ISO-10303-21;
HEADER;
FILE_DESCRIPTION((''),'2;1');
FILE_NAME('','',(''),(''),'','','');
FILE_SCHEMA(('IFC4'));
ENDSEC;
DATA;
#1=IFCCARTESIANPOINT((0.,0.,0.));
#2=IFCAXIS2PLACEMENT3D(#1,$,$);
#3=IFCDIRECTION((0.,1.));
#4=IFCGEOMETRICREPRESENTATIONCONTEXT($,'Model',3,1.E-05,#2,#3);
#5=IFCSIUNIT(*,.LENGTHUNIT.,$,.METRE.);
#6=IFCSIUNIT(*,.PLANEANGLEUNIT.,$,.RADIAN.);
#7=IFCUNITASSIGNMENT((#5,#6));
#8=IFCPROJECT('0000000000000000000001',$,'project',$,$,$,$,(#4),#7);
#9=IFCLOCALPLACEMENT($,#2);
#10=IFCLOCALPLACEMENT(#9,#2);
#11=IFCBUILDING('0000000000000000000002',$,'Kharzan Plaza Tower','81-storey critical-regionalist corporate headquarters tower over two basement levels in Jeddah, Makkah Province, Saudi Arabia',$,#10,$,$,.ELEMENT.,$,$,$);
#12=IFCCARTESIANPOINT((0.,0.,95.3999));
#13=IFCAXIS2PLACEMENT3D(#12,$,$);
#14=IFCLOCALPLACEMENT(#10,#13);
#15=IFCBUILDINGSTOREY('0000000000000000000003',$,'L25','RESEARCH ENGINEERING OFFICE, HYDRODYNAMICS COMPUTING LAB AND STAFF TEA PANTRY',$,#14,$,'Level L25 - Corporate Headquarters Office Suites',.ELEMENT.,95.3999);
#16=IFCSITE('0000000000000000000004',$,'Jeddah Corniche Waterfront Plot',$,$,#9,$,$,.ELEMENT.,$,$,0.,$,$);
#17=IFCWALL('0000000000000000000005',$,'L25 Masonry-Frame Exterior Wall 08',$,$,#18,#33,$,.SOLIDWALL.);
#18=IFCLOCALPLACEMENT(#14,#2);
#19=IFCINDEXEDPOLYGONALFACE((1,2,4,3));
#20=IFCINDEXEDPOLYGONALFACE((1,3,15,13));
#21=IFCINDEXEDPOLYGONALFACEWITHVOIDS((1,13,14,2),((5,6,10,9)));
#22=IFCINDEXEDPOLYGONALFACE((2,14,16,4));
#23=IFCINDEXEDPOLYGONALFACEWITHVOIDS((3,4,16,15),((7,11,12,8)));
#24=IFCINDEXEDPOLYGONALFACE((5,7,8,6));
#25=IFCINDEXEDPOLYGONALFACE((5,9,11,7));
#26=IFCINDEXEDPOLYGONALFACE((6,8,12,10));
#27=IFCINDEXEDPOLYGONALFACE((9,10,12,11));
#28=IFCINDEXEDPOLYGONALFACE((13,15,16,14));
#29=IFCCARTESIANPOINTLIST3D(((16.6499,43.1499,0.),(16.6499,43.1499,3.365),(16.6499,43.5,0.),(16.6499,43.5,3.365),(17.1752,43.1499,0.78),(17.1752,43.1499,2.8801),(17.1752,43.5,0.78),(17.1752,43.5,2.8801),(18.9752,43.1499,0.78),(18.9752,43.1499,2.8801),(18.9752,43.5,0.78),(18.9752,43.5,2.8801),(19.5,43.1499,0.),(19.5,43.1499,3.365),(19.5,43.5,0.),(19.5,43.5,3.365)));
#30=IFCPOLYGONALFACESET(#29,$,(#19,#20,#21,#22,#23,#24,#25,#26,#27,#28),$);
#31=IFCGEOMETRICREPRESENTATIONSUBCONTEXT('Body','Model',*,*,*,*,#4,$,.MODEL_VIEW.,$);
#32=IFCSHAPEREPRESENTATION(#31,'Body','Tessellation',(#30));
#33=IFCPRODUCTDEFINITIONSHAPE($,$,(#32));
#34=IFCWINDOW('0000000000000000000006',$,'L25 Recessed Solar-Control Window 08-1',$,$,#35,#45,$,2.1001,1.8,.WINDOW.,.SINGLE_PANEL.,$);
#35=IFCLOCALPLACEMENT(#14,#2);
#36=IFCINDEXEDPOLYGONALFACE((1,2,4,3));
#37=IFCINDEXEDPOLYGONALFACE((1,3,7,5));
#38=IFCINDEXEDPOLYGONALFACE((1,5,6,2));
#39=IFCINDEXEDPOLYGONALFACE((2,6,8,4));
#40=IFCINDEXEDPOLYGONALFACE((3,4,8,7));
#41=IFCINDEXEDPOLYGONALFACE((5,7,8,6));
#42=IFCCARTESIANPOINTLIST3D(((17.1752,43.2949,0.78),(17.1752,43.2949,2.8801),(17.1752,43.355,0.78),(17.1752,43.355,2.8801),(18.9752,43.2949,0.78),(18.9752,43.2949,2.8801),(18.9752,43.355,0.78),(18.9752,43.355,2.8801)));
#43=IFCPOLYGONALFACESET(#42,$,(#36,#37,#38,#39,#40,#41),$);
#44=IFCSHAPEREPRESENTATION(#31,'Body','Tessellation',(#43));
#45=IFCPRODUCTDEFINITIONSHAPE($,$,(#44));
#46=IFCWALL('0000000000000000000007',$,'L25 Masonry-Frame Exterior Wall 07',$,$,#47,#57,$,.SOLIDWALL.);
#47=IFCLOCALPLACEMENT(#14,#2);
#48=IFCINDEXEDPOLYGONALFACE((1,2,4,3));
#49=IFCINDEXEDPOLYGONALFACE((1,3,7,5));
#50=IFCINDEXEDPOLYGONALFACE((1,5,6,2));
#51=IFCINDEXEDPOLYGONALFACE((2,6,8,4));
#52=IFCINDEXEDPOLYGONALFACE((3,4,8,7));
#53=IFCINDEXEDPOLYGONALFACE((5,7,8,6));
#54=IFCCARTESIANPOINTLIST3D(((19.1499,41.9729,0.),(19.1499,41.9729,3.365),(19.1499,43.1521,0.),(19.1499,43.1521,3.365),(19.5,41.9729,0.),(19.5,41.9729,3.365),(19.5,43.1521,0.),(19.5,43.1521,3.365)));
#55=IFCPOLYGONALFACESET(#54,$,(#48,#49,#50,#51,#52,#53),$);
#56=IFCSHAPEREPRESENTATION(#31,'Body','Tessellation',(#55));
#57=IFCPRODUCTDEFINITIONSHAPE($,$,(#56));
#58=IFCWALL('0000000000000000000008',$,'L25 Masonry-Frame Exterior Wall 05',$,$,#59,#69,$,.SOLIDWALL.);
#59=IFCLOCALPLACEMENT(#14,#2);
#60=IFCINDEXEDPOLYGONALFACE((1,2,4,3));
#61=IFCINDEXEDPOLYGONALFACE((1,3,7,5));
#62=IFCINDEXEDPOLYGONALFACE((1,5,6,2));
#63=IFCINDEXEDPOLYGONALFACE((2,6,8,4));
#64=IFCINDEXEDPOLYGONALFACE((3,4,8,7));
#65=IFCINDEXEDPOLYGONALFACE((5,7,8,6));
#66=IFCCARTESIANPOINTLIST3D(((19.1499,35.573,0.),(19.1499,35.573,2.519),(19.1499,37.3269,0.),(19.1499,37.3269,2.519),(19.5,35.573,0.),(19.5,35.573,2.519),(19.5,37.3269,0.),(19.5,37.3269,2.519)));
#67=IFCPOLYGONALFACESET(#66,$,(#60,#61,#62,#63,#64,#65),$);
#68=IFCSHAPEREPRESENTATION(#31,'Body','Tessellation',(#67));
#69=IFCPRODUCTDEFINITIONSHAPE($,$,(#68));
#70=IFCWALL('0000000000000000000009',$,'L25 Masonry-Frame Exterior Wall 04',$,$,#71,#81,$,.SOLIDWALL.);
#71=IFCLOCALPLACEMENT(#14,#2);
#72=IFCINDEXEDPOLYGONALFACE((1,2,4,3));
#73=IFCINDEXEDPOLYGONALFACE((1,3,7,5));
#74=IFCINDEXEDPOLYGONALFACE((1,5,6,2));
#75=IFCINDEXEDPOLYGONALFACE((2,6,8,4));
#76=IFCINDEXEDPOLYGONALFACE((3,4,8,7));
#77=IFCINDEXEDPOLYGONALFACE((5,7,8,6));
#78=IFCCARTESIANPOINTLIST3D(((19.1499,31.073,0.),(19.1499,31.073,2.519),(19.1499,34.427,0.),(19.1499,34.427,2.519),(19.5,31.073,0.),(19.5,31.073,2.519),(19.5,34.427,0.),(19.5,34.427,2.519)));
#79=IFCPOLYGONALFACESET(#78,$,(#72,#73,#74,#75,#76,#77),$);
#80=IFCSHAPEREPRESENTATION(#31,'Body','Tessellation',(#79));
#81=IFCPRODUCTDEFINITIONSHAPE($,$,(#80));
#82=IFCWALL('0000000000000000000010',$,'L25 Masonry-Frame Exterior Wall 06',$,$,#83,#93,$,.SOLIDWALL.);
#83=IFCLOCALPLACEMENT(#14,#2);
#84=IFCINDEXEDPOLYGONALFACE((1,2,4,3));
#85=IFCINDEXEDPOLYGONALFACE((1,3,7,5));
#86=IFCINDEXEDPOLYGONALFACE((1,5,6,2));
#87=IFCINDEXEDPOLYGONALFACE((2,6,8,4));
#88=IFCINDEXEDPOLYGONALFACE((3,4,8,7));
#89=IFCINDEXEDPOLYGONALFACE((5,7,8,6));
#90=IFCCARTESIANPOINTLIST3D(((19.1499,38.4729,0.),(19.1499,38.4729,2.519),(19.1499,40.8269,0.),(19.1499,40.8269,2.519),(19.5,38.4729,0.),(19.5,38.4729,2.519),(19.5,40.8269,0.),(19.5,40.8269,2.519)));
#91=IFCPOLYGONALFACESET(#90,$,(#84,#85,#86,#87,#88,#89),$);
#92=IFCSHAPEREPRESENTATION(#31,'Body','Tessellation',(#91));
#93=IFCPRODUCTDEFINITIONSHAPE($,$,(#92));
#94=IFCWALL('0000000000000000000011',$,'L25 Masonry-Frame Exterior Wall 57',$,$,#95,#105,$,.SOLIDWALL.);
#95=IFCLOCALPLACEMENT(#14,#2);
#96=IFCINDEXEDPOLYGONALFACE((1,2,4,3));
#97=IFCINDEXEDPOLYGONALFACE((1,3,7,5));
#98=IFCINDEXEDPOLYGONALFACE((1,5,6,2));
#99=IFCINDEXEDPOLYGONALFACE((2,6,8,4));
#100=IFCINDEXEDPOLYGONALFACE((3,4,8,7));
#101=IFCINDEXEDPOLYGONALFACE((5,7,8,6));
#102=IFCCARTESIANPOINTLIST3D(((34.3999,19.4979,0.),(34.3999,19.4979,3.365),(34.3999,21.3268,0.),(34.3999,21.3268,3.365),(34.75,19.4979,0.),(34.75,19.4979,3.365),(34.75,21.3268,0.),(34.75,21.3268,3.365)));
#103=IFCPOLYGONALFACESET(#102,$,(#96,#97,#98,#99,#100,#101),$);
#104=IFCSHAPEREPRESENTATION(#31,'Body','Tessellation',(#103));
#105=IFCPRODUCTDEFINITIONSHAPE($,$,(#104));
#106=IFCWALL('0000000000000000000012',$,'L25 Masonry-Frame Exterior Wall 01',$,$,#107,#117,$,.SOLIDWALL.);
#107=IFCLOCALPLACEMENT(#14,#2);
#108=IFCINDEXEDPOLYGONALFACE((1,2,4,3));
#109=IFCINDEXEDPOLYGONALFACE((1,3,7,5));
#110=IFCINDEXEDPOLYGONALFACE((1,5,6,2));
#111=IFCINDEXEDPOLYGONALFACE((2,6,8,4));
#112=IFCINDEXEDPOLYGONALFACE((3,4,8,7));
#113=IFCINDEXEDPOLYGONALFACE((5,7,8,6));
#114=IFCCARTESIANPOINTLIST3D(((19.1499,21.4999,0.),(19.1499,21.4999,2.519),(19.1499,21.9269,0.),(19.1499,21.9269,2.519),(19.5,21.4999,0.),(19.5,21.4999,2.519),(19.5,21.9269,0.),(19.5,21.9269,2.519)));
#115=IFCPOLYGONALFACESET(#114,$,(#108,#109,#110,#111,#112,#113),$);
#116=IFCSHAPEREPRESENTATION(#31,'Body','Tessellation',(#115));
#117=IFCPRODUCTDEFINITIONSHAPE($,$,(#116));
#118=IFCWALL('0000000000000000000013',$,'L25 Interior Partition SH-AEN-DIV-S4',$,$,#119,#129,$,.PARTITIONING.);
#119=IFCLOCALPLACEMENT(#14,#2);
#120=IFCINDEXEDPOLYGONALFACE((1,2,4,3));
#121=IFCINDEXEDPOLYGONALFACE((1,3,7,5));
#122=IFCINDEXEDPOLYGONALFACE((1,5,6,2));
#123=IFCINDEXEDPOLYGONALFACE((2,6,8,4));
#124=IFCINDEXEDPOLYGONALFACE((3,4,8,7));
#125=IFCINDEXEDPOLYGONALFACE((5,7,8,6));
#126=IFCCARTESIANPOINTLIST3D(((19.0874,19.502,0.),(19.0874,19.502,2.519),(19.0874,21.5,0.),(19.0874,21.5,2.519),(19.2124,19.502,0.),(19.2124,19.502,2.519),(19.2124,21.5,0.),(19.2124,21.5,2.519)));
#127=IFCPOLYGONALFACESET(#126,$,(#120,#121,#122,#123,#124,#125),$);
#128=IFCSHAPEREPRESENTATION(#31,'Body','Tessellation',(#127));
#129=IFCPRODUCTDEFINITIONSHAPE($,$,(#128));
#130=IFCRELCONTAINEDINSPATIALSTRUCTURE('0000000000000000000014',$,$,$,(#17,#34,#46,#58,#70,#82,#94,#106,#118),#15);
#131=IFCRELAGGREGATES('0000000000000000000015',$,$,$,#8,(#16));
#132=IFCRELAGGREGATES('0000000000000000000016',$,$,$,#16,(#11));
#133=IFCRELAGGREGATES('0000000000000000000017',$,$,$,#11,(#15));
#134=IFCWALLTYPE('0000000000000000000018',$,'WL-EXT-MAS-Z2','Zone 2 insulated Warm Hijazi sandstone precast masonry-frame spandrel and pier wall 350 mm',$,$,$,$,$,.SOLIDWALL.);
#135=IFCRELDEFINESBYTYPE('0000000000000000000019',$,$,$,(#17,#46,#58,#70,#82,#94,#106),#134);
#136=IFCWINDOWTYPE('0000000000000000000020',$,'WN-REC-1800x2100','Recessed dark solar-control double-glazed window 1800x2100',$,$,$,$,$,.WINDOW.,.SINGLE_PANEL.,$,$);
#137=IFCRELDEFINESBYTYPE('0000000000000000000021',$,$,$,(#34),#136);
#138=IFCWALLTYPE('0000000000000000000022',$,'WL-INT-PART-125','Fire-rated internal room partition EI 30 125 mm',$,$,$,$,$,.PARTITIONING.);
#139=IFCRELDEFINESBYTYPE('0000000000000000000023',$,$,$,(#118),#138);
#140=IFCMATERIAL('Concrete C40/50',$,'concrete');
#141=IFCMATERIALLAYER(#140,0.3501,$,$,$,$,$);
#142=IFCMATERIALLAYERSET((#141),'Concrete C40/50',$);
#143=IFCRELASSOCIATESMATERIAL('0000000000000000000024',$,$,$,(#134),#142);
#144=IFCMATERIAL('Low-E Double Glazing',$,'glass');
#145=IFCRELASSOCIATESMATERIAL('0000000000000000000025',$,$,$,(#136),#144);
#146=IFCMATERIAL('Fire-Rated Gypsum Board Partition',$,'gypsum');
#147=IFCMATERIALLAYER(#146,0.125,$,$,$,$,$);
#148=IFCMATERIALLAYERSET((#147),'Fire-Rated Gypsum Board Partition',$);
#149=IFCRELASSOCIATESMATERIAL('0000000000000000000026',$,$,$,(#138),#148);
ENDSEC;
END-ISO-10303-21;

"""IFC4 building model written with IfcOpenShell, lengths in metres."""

from ifc_helpers import new_model, si_unit, direction, frame, frame_2d, origin, place, context, subcontext, project, spatial, rectangle, extrude, source, transform, mapped, material, layer, layer_set, type_object, element, fill, save


model = new_model("IFC4")

# Units and contexts
model_context = context("Model", 3, precision=1e-05, world=origin(), true_north=direction((0.0, 1.0)))
body_context = subcontext(model_context, "Body", "Model", "MODEL_VIEW")
ifc_project = project(units=[si_unit("LENGTHUNIT", "METRE"), si_unit("PLANEANGLEUNIT", "RADIAN")], contexts=[model_context])

# Site, building, storey
site_placement = place(None, origin())
site = spatial("IfcSite", under=ifc_project, at=site_placement, Name="Jeddah Corniche Waterfront Plot", CompositionType="ELEMENT", RefElevation=0.0)
building_placement = place(site_placement, origin())
building = spatial("IfcBuilding", under=site, at=building_placement, Name="Kharzan Plaza Tower", Description="81-storey critical-regionalist corporate headquarters tower over two basement levels in Jeddah, Makkah Province, Saudi Arabia", CompositionType="ELEMENT")
storey_placement = place(building_placement, frame((0.0, 0.0, 95.3999)))
storey = spatial("IfcBuildingStorey", under=building, at=storey_placement, Name="L25", Description="RESEARCH ENGINEERING OFFICE, HYDRODYNAMICS COMPUTING LAB AND STAFF TEA PANTRY", LongName="Level L25 - Corporate Headquarters Office Suites", CompositionType="ELEMENT", Elevation=95.3999)

# Wall, opening, window
ifc_material_1 = material(Name="Concrete C40/50", Category="concrete")
ifc_layer_1 = layer(ifc_material_1, 0.3501)
ifc_layer_set_1 = layer_set([ifc_layer_1], Name="Concrete C40/50")
wall_type_1 = type_object("IfcWallType", Name="WL-EXT-MAS-Z2", Description="Zone 2 insulated Warm Hijazi sandstone precast masonry-frame spandrel and pier wall 350 mm", PredefinedType="SOLIDWALL", material=ifc_layer_set_1)
ifc_material_2 = material(Name="Low-E Double Glazing", Category="glass")
wall_1_placement = place(storey_placement, frame((19.5, 43.325, 0.0), z_axis=(0.0, 0.0, 1.0), x_axis=(-1.0, 0.0, 0.0)))
wall_1 = element("IfcWall", 1, at=wall_1_placement, inside=storey, type_object=wall_type_1, Name="L25 Masonry-Frame Exterior Wall 08", PredefinedType="SOLIDWALL", context=body_context, shape_type="SweptSolid", body=[
    extrude(rectangle(XDim=2.8501, YDim=0.3501, at=frame_2d((1.425, 0.0))), origin(), (0.0, 0.0, 1.0), 3.365),
])
opening_1_placement = place(wall_1_placement, frame((0.5249, 0.0, 0.78)))
opening_1 = element("IfcOpeningElement", 2, at=opening_1_placement, cuts=wall_1, PredefinedType="OPENING", context=body_context, shape_type="SweptSolid", body=[
    extrude(rectangle(XDim=1.8, YDim=2.1001, at=frame_2d((0.8999, 1.05))), frame((0.0, 0.1851, 0.0), z_axis=(0.0, -1.0, 0.0), x_axis=(1.0, 0.0, 0.0)), (0.0, 0.0, 1.0), 0.3701),
])
window_type_1 = type_object("IfcWindowType", Name="WN-REC-1800x2100", Description="Recessed dark solar-control double-glazed window 1800x2100", PartitioningType="SINGLE_PANEL", PredefinedType="WINDOW", material=ifc_material_2)
shared_shape_1 = source(origin(), body_context, "Body", "SweptSolid", [
    extrude(rectangle(XDim=1.8, YDim=2.1001, at=frame_2d((0.8999, 1.05))), frame((0.0, 0.03, 0.0), z_axis=(0.0, -1.0, 0.0), x_axis=(1.0, 0.0, 0.0)), (0.0, 0.0, 1.0), 0.0601),
])
window_1_placement = place(opening_1_placement, origin())
window_1 = element("IfcWindow", 3, at=window_1_placement, inside=storey, type_object=window_type_1, Name="L25 Recessed Solar-Control Window 08-1", OverallHeight=2.1001, OverallWidth=1.8, PartitioningType="SINGLE_PANEL", PredefinedType="WINDOW", context=body_context, shape_type="MappedRepresentation", body=[
    mapped(shared_shape_1, transform((0.0, 0.0, 0.0), x_axis=(1.0, 0.0, 0.0), y_axis=(0.0, 1.0, 0.0), z_axis=(0.0, 0.0, 1.0))),
])
fill(opening_1, window_1)

# Walls
shared_shape_2 = source(origin(), body_context, "Body", "SweptSolid", [
    extrude(rectangle(XDim=1.1792, YDim=0.3501, at=frame_2d((0.5896, 0.0))), origin(), (0.0, 0.0, 1.0), 3.365),
])
wall_2_placement = place(storey_placement, frame((19.325, 41.9729, 0.0), z_axis=(0.0, 0.0, 1.0), x_axis=(0.0, 1.0, 0.0)))
element("IfcWall", 4, at=wall_2_placement, inside=storey, type_object=wall_type_1, Name="L25 Masonry-Frame Exterior Wall 07", PredefinedType="SOLIDWALL", context=body_context, shape_type="MappedRepresentation", body=[
    mapped(shared_shape_2, transform((0.0, 0.0, 0.0), x_axis=(1.0, 0.0, 0.0), y_axis=(0.0, 1.0, 0.0), z_axis=(0.0, 0.0, 1.0))),
])
shared_shape_3 = source(origin(), body_context, "Body", "SweptSolid", [
    extrude(rectangle(XDim=1.7539, YDim=0.3501, at=frame_2d((0.877, 0.0))), origin(), (0.0, 0.0, 1.0), 2.519),
])
wall_3_placement = place(storey_placement, frame((19.325, 35.573, 0.0), z_axis=(0.0, 0.0, 1.0), x_axis=(0.0, 1.0, 0.0)))
element("IfcWall", 5, at=wall_3_placement, inside=storey, type_object=wall_type_1, Name="L25 Masonry-Frame Exterior Wall 05", PredefinedType="SOLIDWALL", context=body_context, shape_type="MappedRepresentation", body=[
    mapped(shared_shape_3, transform((0.0, 0.0, 0.0), x_axis=(1.0, 0.0, 0.0), y_axis=(0.0, 1.0, 0.0), z_axis=(0.0, 0.0, 1.0))),
])
shared_shape_4 = source(origin(), body_context, "Body", "SweptSolid", [
    extrude(rectangle(XDim=3.354, YDim=0.3501, at=frame_2d((1.677, 0.0))), origin(), (0.0, 0.0, 1.0), 2.519),
])
wall_4_placement = place(storey_placement, frame((19.325, 31.073, 0.0), z_axis=(0.0, 0.0, 1.0), x_axis=(0.0, 1.0, 0.0)))
element("IfcWall", 6, at=wall_4_placement, inside=storey, type_object=wall_type_1, Name="L25 Masonry-Frame Exterior Wall 04", PredefinedType="SOLIDWALL", context=body_context, shape_type="MappedRepresentation", body=[
    mapped(shared_shape_4, transform((0.0, 0.0, 0.0), x_axis=(1.0, 0.0, 0.0), y_axis=(0.0, 1.0, 0.0), z_axis=(0.0, 0.0, 1.0))),
])
shared_shape_5 = source(origin(), body_context, "Body", "SweptSolid", [
    extrude(rectangle(XDim=2.354, YDim=0.3501, at=frame_2d((1.177, 0.0))), origin(), (0.0, 0.0, 1.0), 2.519),
])
wall_5_placement = place(storey_placement, frame((19.325, 38.4729, 0.0), z_axis=(0.0, 0.0, 1.0), x_axis=(0.0, 1.0, 0.0)))
element("IfcWall", 7, at=wall_5_placement, inside=storey, type_object=wall_type_1, Name="L25 Masonry-Frame Exterior Wall 06", PredefinedType="SOLIDWALL", context=body_context, shape_type="MappedRepresentation", body=[
    mapped(shared_shape_5, transform((0.0, 0.0, 0.0), x_axis=(1.0, 0.0, 0.0), y_axis=(0.0, 1.0, 0.0), z_axis=(0.0, 0.0, 1.0))),
])
shared_shape_6 = source(origin(), body_context, "Body", "SweptSolid", [
    extrude(rectangle(XDim=1.8289, YDim=0.3501, at=frame_2d((0.9146, 0.0))), origin(), (0.0, 0.0, 1.0), 3.365),
])
wall_6_placement = place(storey_placement, frame((34.575, 21.3269, 0.0), z_axis=(0.0, 0.0, 1.0), x_axis=(0.0, -1.0, 0.0)))
element("IfcWall", 8, at=wall_6_placement, inside=storey, type_object=wall_type_1, Name="L25 Masonry-Frame Exterior Wall 57", PredefinedType="SOLIDWALL", context=body_context, shape_type="MappedRepresentation", body=[
    mapped(shared_shape_6, transform((0.0, 0.0, 0.0), x_axis=(1.0, 0.0, 0.0), y_axis=(0.0, 1.0, 0.0), z_axis=(0.0, 0.0, 1.0))),
])
shared_shape_7 = source(origin(), body_context, "Body", "SweptSolid", [
    extrude(rectangle(XDim=0.427, YDim=0.3501, at=frame_2d((0.2134, 0.0))), origin(), (0.0, 0.0, 1.0), 2.519),
])
wall_7_placement = place(storey_placement, frame((19.325, 21.5, 0.0), z_axis=(0.0, 0.0, 1.0), x_axis=(0.0, 1.0, 0.0)))
element("IfcWall", 9, at=wall_7_placement, inside=storey, type_object=wall_type_1, Name="L25 Masonry-Frame Exterior Wall 01", PredefinedType="SOLIDWALL", context=body_context, shape_type="MappedRepresentation", body=[
    mapped(shared_shape_7, transform((0.0, 0.0, 0.0), x_axis=(1.0, 0.0, 0.0), y_axis=(0.0, 1.0, 0.0), z_axis=(0.0, 0.0, 1.0))),
])
ifc_material_3 = material(Name="Fire-Rated Gypsum Board Partition", Category="gypsum")
ifc_layer_2 = layer(ifc_material_3, 0.125)
ifc_layer_set_2 = layer_set([ifc_layer_2], Name="Fire-Rated Gypsum Board Partition")
wall_type_2 = type_object("IfcWallType", Name="WL-INT-PART-125", Description="Fire-rated internal room partition EI 30 125 mm", PredefinedType="PARTITIONING", material=ifc_layer_set_2)
shared_shape_8 = source(origin(), body_context, "Body", "SweptSolid", [
    extrude(rectangle(XDim=1.998, YDim=0.125, at=frame_2d((0.999, 0.0))), origin(), (0.0, 0.0, 1.0), 2.519),
])
wall_8_placement = place(storey_placement, frame((19.1499, 19.502, 0.0), z_axis=(0.0, 0.0, 1.0), x_axis=(0.0, 1.0, 0.0)))
element("IfcWall", 10, at=wall_8_placement, inside=storey, type_object=wall_type_2, Name="L25 Interior Partition SH-AEN-DIV-S4", PredefinedType="PARTITIONING", context=body_context, shape_type="MappedRepresentation", body=[
    mapped(shared_shape_8, transform((0.0, 0.0, 0.0), x_axis=(1.0, 0.0, 0.0), y_axis=(0.0, 1.0, 0.0), z_axis=(0.0, 0.0, 1.0))),
])

save(model, "model.ifc")
